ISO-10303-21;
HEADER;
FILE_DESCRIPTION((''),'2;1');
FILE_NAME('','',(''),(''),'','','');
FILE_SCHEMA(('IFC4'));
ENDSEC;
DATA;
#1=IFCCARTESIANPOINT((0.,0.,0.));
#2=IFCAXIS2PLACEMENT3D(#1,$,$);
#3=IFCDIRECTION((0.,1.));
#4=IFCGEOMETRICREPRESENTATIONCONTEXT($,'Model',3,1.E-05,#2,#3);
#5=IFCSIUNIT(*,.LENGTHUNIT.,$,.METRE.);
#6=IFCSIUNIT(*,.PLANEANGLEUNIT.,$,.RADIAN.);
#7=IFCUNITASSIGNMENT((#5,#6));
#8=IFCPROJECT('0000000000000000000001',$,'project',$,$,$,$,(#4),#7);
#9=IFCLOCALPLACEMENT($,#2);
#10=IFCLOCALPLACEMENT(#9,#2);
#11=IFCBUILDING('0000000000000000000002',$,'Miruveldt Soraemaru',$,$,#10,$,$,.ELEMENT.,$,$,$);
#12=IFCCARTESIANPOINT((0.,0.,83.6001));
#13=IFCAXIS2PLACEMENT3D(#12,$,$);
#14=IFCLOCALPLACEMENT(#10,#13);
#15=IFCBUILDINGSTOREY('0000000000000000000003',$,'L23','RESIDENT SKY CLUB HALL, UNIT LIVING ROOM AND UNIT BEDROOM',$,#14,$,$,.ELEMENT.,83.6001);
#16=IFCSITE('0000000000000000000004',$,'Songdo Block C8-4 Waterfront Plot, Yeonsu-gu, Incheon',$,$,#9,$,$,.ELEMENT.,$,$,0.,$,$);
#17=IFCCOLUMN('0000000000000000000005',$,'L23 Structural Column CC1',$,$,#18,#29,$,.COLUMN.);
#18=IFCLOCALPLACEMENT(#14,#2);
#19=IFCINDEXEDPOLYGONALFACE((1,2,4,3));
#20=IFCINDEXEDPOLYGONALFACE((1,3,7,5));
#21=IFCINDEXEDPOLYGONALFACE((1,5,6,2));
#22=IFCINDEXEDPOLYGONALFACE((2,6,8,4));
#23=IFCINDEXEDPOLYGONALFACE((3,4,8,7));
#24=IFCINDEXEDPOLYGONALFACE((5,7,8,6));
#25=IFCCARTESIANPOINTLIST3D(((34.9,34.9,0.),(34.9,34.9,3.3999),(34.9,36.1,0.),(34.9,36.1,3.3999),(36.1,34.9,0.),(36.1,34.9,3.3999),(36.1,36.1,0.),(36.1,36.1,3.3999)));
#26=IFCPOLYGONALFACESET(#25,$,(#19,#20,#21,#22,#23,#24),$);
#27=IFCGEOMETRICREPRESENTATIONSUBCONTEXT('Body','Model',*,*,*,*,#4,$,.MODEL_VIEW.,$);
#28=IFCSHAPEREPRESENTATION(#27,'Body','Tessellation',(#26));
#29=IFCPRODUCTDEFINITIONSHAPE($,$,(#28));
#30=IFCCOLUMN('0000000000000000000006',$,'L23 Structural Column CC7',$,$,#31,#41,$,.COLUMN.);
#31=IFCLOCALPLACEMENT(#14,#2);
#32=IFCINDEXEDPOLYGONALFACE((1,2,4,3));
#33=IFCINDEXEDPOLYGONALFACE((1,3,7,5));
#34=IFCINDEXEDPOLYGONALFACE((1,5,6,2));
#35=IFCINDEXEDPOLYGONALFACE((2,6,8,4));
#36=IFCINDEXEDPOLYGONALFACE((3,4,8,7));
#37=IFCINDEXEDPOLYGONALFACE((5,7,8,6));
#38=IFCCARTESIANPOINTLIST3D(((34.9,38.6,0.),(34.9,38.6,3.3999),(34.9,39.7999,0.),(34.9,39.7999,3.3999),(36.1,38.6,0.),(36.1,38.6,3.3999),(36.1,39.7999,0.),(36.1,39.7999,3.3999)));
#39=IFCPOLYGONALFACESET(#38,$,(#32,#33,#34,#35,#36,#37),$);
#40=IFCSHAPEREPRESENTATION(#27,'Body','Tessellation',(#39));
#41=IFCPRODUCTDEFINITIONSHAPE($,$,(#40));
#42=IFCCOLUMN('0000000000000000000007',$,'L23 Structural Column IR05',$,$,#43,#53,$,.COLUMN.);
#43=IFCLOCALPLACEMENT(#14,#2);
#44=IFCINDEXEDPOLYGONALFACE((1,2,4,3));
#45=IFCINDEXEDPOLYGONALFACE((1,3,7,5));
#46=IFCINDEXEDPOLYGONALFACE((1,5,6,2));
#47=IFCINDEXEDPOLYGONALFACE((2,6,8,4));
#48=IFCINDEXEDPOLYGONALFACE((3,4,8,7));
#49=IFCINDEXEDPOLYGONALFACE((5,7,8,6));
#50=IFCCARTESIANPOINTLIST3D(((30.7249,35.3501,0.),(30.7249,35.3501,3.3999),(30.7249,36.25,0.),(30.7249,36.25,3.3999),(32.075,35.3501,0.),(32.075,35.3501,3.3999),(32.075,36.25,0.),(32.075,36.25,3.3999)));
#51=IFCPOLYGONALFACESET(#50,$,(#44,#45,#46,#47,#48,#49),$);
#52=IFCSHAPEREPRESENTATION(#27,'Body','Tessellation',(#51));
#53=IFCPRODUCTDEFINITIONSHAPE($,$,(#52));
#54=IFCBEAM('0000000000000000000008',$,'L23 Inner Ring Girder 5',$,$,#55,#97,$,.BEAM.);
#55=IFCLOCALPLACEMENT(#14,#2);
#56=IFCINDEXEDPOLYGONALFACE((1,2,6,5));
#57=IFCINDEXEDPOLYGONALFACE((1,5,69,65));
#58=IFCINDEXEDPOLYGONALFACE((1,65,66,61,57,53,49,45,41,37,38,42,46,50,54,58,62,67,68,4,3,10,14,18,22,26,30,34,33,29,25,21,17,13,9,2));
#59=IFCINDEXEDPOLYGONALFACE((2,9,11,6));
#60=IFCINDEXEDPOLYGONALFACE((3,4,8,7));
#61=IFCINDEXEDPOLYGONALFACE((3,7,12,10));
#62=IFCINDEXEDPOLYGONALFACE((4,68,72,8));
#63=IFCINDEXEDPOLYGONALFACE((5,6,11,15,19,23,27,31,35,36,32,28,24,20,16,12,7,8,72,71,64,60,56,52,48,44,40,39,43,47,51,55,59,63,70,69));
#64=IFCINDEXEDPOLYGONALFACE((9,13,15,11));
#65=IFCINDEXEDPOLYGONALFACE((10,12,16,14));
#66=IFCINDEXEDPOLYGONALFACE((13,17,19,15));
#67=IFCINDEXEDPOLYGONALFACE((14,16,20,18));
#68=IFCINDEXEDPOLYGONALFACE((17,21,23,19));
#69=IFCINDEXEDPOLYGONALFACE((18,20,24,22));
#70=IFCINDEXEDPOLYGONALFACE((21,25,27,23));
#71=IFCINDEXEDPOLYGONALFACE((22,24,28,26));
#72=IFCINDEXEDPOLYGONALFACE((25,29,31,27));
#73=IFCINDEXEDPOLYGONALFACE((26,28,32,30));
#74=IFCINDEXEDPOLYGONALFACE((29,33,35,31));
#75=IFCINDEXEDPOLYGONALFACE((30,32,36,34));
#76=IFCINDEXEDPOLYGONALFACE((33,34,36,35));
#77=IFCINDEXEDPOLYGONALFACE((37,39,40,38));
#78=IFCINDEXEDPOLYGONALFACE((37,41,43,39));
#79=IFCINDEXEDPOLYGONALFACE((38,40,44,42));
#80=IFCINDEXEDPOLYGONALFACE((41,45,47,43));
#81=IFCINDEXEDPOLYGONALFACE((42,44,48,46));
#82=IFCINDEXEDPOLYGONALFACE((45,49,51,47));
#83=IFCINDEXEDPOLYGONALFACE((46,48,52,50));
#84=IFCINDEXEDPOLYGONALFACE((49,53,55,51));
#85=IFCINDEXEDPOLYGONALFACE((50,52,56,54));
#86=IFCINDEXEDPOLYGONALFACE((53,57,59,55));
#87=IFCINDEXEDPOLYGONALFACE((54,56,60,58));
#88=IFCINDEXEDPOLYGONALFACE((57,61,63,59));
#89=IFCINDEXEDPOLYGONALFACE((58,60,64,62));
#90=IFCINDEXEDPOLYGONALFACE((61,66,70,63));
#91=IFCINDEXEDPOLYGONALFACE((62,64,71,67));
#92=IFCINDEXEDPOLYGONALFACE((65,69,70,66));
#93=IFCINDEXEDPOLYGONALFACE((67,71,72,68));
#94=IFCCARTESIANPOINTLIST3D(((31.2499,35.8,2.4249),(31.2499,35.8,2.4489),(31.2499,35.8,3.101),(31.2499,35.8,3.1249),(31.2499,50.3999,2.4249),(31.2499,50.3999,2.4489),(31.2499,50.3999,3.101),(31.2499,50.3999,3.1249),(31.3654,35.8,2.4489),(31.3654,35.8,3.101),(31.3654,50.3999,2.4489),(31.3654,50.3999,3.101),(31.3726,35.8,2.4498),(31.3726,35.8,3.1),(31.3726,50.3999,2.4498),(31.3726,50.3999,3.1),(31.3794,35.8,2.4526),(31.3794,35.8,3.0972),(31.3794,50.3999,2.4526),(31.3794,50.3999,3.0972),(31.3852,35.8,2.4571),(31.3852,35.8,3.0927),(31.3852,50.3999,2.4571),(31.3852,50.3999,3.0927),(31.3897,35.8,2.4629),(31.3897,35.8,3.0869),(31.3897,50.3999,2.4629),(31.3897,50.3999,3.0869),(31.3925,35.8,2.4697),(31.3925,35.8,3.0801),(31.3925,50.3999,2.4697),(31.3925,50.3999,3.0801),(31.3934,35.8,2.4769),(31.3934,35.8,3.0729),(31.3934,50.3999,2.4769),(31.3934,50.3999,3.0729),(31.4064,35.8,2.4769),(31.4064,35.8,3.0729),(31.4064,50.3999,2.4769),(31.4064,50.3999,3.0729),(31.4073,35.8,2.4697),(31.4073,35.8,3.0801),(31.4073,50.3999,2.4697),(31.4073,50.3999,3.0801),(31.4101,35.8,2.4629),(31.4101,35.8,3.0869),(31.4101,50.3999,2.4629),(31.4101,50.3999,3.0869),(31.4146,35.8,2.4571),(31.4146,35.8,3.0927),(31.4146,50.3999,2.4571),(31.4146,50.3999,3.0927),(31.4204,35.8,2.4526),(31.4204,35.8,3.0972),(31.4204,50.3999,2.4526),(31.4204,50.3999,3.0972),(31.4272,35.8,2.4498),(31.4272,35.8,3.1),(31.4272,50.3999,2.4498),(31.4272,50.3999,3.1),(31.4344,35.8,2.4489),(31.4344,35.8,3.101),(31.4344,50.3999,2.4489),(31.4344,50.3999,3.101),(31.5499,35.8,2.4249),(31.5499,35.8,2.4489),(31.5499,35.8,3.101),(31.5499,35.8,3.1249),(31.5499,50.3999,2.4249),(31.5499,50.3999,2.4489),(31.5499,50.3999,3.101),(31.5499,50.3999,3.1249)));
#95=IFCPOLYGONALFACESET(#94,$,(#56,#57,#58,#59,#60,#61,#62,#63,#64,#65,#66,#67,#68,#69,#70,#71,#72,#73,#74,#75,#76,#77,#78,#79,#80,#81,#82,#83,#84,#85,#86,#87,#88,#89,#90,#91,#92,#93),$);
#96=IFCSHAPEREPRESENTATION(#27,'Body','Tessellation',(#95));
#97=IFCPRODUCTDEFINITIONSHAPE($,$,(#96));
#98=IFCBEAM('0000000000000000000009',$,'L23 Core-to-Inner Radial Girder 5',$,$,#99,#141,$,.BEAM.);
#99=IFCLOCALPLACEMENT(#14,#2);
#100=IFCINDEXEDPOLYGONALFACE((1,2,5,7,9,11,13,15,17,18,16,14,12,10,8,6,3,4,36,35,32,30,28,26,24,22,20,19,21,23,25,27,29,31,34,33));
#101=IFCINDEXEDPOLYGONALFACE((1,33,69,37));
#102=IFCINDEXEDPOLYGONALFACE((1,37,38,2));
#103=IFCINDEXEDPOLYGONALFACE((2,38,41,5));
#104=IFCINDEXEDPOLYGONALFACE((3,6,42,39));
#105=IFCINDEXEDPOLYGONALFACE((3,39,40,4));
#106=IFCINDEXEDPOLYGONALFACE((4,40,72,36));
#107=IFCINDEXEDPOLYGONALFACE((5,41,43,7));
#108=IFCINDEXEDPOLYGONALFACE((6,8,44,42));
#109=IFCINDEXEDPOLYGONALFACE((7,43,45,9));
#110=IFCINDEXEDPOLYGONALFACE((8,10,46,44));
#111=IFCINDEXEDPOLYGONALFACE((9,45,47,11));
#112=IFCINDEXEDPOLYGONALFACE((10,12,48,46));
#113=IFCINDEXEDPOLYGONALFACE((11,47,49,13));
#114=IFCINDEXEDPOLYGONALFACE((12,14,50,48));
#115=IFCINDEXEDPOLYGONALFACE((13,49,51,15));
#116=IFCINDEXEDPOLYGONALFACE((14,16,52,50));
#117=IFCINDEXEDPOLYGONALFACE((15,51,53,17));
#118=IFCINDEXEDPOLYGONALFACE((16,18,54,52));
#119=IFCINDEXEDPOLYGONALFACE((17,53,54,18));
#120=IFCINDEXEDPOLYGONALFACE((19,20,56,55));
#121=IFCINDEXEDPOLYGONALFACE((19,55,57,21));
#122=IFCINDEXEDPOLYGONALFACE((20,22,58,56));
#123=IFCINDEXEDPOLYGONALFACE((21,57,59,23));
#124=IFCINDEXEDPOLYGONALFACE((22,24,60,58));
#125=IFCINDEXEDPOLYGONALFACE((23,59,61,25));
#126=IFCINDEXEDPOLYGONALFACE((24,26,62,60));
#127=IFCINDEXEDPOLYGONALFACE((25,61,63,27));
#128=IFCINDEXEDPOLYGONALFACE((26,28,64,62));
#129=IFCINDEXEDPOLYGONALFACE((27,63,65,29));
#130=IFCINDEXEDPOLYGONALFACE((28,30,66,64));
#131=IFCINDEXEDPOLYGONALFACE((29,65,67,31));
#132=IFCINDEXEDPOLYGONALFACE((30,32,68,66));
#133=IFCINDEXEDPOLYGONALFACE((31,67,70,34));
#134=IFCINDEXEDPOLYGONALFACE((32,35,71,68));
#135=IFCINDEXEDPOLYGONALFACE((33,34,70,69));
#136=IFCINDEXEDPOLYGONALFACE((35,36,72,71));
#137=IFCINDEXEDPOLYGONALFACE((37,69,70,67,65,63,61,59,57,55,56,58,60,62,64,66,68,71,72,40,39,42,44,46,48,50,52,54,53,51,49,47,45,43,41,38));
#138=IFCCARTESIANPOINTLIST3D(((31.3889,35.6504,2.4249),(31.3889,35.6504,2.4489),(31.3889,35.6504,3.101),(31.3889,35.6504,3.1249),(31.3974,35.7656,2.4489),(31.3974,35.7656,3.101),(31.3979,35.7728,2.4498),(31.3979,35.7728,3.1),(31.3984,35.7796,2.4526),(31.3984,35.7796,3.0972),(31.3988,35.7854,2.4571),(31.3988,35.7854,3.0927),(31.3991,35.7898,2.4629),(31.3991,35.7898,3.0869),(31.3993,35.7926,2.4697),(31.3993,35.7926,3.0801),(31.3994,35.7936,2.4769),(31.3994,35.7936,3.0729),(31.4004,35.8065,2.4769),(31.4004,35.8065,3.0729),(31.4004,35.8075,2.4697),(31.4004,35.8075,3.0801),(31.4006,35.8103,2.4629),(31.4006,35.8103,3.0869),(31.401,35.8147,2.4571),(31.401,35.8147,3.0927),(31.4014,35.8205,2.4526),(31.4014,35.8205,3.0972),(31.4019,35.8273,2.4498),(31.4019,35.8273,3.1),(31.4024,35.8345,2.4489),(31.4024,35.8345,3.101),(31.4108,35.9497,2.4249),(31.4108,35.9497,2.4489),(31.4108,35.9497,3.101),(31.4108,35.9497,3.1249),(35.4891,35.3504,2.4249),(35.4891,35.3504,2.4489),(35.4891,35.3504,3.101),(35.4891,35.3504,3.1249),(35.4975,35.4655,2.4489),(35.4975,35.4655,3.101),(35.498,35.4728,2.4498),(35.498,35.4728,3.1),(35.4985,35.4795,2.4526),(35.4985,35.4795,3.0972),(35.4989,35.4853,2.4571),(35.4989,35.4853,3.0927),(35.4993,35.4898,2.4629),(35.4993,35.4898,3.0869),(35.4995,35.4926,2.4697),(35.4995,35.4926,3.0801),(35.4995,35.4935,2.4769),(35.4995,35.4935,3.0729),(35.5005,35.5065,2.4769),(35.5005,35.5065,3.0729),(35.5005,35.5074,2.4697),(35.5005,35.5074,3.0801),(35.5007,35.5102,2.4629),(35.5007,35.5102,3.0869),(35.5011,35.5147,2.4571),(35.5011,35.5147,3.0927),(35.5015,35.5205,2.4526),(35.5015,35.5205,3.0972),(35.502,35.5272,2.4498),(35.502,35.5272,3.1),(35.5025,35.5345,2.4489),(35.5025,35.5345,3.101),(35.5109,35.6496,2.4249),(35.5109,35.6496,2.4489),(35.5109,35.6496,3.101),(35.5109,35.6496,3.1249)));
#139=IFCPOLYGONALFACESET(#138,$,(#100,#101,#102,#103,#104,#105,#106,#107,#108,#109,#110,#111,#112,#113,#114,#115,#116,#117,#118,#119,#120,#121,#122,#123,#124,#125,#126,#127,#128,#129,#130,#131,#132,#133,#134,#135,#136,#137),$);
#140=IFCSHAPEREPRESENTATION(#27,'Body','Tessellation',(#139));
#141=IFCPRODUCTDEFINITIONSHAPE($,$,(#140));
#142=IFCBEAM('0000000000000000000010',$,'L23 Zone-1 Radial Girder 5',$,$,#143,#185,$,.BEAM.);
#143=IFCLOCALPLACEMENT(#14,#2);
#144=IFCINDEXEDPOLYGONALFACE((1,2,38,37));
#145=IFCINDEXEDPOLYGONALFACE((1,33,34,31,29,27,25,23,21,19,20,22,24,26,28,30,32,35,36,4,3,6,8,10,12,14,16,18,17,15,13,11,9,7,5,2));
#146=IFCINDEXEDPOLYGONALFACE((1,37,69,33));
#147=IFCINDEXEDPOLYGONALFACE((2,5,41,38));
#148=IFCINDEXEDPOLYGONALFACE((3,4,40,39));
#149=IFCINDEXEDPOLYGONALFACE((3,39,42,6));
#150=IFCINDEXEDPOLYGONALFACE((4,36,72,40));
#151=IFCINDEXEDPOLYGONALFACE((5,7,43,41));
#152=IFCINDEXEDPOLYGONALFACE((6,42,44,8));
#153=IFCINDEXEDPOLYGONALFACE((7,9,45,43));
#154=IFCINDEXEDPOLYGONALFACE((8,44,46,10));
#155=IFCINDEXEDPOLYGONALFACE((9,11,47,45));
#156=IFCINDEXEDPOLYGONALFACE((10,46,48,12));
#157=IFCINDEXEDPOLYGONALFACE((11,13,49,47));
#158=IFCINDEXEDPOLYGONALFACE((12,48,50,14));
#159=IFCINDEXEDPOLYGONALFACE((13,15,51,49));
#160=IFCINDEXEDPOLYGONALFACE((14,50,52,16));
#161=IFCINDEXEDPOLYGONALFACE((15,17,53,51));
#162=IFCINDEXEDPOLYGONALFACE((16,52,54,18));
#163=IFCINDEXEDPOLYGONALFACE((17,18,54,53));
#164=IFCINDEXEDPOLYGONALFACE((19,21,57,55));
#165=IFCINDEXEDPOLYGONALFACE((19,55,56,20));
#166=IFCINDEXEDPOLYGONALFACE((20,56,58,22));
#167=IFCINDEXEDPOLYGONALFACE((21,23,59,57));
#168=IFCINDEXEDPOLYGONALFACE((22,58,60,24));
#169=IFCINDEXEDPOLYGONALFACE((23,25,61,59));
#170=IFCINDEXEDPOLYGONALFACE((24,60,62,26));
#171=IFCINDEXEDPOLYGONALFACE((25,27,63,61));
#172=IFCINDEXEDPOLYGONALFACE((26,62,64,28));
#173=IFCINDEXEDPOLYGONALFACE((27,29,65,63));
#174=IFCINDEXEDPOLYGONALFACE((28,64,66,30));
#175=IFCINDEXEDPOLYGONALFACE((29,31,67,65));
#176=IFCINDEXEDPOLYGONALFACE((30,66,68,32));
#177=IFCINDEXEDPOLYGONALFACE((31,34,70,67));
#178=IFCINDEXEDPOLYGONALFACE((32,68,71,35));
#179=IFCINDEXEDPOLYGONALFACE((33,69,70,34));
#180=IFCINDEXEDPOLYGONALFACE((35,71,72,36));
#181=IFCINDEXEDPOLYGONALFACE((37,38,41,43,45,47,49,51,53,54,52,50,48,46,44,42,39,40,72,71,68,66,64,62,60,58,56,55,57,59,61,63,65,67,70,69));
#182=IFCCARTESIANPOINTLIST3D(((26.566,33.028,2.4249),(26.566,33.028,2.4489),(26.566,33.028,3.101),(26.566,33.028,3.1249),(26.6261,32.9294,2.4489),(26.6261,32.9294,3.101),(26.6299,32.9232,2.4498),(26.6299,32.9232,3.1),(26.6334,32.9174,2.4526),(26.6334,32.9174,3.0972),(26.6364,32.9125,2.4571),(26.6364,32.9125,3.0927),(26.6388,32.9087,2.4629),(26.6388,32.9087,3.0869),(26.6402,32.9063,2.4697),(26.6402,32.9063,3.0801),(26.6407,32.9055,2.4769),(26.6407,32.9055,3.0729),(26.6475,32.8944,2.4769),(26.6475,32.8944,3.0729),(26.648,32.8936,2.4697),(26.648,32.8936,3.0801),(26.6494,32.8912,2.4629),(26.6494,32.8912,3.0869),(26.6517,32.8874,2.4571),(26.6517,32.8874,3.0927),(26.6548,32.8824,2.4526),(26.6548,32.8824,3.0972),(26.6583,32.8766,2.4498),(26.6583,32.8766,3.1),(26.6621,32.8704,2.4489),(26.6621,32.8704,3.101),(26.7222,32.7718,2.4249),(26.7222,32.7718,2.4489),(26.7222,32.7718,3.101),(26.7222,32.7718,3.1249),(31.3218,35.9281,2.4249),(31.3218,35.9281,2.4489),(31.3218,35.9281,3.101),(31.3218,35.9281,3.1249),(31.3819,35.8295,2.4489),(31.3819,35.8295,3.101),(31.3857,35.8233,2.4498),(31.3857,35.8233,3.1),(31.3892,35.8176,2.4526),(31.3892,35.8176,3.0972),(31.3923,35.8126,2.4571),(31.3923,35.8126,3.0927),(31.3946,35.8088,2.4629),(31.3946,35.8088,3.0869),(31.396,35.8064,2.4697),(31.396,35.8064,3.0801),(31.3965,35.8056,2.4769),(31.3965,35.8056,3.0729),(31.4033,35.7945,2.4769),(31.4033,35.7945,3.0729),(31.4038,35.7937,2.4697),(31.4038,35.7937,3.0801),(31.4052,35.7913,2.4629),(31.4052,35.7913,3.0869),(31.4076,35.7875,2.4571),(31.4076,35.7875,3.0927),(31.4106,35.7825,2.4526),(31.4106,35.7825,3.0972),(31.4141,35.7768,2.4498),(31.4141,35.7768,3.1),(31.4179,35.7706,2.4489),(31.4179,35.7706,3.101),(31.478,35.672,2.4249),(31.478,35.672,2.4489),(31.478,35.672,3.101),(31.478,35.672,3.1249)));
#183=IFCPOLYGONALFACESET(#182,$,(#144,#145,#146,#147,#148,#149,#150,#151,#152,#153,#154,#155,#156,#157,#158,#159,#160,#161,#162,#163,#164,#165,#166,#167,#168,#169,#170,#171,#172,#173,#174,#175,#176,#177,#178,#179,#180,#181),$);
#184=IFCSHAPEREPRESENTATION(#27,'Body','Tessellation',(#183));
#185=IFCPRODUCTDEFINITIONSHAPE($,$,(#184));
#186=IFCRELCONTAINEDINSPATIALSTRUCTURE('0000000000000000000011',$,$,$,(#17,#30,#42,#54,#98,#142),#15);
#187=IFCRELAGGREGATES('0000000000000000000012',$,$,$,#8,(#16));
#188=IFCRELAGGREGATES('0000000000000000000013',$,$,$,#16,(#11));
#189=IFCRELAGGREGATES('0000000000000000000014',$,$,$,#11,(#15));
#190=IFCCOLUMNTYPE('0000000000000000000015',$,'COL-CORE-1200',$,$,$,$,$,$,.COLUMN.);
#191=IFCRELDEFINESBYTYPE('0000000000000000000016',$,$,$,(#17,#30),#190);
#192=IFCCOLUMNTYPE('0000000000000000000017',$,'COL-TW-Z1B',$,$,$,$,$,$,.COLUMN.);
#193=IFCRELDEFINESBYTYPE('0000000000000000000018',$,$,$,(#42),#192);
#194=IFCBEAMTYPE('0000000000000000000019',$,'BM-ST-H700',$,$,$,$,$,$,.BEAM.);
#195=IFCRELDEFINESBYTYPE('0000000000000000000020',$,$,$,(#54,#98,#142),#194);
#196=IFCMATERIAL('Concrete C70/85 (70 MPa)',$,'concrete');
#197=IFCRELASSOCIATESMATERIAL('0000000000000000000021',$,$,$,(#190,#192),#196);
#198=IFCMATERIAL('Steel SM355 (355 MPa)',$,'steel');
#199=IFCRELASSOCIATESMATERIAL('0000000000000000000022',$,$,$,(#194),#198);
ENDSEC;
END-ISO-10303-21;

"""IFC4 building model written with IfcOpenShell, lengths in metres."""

from ifc_helpers import new_model, si_unit, direction, frame, origin, origin_2d, place, context, subcontext, project, spatial, rectangle, i_section, extrude, material, material_profile, profile_set, type_object, element, save


model = new_model("IFC4")

# Units and contexts
model_context = context("Model", 3, precision=1e-05, world=origin(), true_north=direction((0.0, 1.0)))
body_context = subcontext(model_context, "Body", "Model", "MODEL_VIEW")
ifc_project = project(units=[si_unit("LENGTHUNIT", "METRE"), si_unit("PLANEANGLEUNIT", "RADIAN")], contexts=[model_context])

# Site, building, storey
site_placement = place(None, origin())
site = spatial("IfcSite", under=ifc_project, at=site_placement, Name="Songdo Block C8-4 Waterfront Plot, Yeonsu-gu, Incheon", CompositionType="ELEMENT", RefElevation=0.0)
building_placement = place(site_placement, origin())
building = spatial("IfcBuilding", under=site, at=building_placement, Name="Miruveldt Soraemaru", CompositionType="ELEMENT")
storey_placement = place(building_placement, frame((0.0, 0.0, 83.6001)))
storey = spatial("IfcBuildingStorey", under=building, at=storey_placement, Name="L23", Description="RESIDENT SKY CLUB HALL, UNIT LIVING ROOM AND UNIT BEDROOM", CompositionType="ELEMENT", Elevation=83.6001)

# Columns
ifc_material_1 = material(Name="Concrete C70/85 (70 MPa)", Category="concrete")
ifc_material_profile_1 = material_profile(ifc_material_1, rectangle(XDim=1.2, YDim=1.2, at=origin_2d()), Name="Concrete C70/85 (70 MPa)", Category="concrete")
ifc_profile_set_1 = profile_set([ifc_material_profile_1], Name="Concrete C70/85 (70 MPa)")
column_type_1 = type_object("IfcColumnType", Name="COL-CORE-1200", PredefinedType="COLUMN", material=ifc_profile_set_1)
for number, where, z_axis, x_axis, name in (
    (1, (35.5, 35.5, 0.0), (0.0, 0.0, 1.0), (1.0, 0.0, 0.0), "L23 Structural Column CC1"),
    (2, (35.5, 39.2, 0.0), (0.0, 0.0, 1.0), (1.0, 0.0, 0.0), "L23 Structural Column CC7"),
):
    element("IfcColumn", number, at=place(storey_placement, frame(where, z_axis=z_axis, x_axis=x_axis)), inside=storey, type_object=column_type_1, Name=name, PredefinedType="COLUMN", context=body_context, shape_type="SweptSolid", body=[
        extrude(rectangle(XDim=1.2, YDim=1.2, at=origin_2d()), origin(), (0.0, 0.0, 1.0), 3.3999),
    ])
ifc_material_profile_2 = material_profile(ifc_material_1, rectangle(XDim=1.3501, YDim=0.8999, at=origin_2d()), Name="Concrete C70/85 (70 MPa)", Category="concrete")
ifc_profile_set_2 = profile_set([ifc_material_profile_2], Name="Concrete C70/85 (70 MPa)")
column_type_2 = type_object("IfcColumnType", Name="COL-TW-Z1B", PredefinedType="COLUMN", material=ifc_profile_set_2)
column_placement = place(storey_placement, frame((31.3999, 35.8, 0.0), z_axis=(0.0, 0.0, 1.0), x_axis=(1.0, 0.0, 0.0)))
element("IfcColumn", 3, at=column_placement, inside=storey, type_object=column_type_2, Name="L23 Structural Column IR05", PredefinedType="COLUMN", context=body_context, shape_type="SweptSolid", body=[
    extrude(rectangle(XDim=1.3501, YDim=0.8999, at=origin_2d()), origin(), (0.0, 0.0, 1.0), 3.3999),
])

# Beams
ifc_material_2 = material(Name="Steel SM355 (355 MPa)", Category="steel")
ifc_material_profile_3 = material_profile(ifc_material_2, i_section(OverallWidth=0.3, OverallDepth=0.7, WebThickness=0.0129, FlangeThickness=0.0239, FilletRadius=0.0281, at=origin_2d()), Name="Steel SM355 (355 MPa)", Category="steel")
ifc_profile_set_3 = profile_set([ifc_material_profile_3], Name="Steel SM355 (355 MPa)")
beam_type_1 = type_object("IfcBeamType", Name="BM-ST-H700", PredefinedType="BEAM", material=ifc_profile_set_3)
beam_1_placement = place(storey_placement, frame((31.3999, 35.8, 2.7749), z_axis=(0.0, 1.0, 0.0), x_axis=(-1.0, 0.0, 0.0)))
element("IfcBeam", 4, at=beam_1_placement, inside=storey, type_object=beam_type_1, Name="L23 Inner Ring Girder 5", PredefinedType="BEAM", context=body_context, shape_type="SweptSolid", body=[
    extrude(i_section(OverallWidth=0.3, OverallDepth=0.7, WebThickness=0.0129, FlangeThickness=0.0239, FilletRadius=0.0281, at=origin_2d()), origin(), (0.0, 0.0, 1.0), 14.5999),
])
beam_2_placement = place(storey_placement, frame((35.5, 35.5, 2.7749), z_axis=(-0.997333, 0.072986, 0.0), x_axis=(-0.072986, -0.997333, 0.0)))
element("IfcBeam", 5, at=beam_2_placement, inside=storey, type_object=beam_type_1, Name="L23 Core-to-Inner Radial Girder 5", PredefinedType="BEAM", context=body_context, shape_type="SweptSolid", body=[
    extrude(i_section(OverallWidth=0.3, OverallDepth=0.7, WebThickness=0.0129, FlangeThickness=0.0239, FilletRadius=0.0281, at=origin_2d()), origin(), (0.0, 0.0, 1.0), 4.1111),
])
beam_3_placement = place(storey_placement, frame((31.3999, 35.8, 2.7749), z_axis=(-0.853778, -0.520638, 0.0), x_axis=(0.520638, -0.853778, 0.0)))
element("IfcBeam", 6, at=beam_3_placement, inside=storey, type_object=beam_type_1, Name="L23 Zone-1 Radial Girder 5", PredefinedType="BEAM", context=body_context, shape_type="SweptSolid", body=[
    extrude(i_section(OverallWidth=0.3, OverallDepth=0.7, WebThickness=0.0129, FlangeThickness=0.0239, FilletRadius=0.0281, at=origin_2d()), origin(), (0.0, 0.0, 1.0), 5.5703),
])

save(model, "model.ifc")
